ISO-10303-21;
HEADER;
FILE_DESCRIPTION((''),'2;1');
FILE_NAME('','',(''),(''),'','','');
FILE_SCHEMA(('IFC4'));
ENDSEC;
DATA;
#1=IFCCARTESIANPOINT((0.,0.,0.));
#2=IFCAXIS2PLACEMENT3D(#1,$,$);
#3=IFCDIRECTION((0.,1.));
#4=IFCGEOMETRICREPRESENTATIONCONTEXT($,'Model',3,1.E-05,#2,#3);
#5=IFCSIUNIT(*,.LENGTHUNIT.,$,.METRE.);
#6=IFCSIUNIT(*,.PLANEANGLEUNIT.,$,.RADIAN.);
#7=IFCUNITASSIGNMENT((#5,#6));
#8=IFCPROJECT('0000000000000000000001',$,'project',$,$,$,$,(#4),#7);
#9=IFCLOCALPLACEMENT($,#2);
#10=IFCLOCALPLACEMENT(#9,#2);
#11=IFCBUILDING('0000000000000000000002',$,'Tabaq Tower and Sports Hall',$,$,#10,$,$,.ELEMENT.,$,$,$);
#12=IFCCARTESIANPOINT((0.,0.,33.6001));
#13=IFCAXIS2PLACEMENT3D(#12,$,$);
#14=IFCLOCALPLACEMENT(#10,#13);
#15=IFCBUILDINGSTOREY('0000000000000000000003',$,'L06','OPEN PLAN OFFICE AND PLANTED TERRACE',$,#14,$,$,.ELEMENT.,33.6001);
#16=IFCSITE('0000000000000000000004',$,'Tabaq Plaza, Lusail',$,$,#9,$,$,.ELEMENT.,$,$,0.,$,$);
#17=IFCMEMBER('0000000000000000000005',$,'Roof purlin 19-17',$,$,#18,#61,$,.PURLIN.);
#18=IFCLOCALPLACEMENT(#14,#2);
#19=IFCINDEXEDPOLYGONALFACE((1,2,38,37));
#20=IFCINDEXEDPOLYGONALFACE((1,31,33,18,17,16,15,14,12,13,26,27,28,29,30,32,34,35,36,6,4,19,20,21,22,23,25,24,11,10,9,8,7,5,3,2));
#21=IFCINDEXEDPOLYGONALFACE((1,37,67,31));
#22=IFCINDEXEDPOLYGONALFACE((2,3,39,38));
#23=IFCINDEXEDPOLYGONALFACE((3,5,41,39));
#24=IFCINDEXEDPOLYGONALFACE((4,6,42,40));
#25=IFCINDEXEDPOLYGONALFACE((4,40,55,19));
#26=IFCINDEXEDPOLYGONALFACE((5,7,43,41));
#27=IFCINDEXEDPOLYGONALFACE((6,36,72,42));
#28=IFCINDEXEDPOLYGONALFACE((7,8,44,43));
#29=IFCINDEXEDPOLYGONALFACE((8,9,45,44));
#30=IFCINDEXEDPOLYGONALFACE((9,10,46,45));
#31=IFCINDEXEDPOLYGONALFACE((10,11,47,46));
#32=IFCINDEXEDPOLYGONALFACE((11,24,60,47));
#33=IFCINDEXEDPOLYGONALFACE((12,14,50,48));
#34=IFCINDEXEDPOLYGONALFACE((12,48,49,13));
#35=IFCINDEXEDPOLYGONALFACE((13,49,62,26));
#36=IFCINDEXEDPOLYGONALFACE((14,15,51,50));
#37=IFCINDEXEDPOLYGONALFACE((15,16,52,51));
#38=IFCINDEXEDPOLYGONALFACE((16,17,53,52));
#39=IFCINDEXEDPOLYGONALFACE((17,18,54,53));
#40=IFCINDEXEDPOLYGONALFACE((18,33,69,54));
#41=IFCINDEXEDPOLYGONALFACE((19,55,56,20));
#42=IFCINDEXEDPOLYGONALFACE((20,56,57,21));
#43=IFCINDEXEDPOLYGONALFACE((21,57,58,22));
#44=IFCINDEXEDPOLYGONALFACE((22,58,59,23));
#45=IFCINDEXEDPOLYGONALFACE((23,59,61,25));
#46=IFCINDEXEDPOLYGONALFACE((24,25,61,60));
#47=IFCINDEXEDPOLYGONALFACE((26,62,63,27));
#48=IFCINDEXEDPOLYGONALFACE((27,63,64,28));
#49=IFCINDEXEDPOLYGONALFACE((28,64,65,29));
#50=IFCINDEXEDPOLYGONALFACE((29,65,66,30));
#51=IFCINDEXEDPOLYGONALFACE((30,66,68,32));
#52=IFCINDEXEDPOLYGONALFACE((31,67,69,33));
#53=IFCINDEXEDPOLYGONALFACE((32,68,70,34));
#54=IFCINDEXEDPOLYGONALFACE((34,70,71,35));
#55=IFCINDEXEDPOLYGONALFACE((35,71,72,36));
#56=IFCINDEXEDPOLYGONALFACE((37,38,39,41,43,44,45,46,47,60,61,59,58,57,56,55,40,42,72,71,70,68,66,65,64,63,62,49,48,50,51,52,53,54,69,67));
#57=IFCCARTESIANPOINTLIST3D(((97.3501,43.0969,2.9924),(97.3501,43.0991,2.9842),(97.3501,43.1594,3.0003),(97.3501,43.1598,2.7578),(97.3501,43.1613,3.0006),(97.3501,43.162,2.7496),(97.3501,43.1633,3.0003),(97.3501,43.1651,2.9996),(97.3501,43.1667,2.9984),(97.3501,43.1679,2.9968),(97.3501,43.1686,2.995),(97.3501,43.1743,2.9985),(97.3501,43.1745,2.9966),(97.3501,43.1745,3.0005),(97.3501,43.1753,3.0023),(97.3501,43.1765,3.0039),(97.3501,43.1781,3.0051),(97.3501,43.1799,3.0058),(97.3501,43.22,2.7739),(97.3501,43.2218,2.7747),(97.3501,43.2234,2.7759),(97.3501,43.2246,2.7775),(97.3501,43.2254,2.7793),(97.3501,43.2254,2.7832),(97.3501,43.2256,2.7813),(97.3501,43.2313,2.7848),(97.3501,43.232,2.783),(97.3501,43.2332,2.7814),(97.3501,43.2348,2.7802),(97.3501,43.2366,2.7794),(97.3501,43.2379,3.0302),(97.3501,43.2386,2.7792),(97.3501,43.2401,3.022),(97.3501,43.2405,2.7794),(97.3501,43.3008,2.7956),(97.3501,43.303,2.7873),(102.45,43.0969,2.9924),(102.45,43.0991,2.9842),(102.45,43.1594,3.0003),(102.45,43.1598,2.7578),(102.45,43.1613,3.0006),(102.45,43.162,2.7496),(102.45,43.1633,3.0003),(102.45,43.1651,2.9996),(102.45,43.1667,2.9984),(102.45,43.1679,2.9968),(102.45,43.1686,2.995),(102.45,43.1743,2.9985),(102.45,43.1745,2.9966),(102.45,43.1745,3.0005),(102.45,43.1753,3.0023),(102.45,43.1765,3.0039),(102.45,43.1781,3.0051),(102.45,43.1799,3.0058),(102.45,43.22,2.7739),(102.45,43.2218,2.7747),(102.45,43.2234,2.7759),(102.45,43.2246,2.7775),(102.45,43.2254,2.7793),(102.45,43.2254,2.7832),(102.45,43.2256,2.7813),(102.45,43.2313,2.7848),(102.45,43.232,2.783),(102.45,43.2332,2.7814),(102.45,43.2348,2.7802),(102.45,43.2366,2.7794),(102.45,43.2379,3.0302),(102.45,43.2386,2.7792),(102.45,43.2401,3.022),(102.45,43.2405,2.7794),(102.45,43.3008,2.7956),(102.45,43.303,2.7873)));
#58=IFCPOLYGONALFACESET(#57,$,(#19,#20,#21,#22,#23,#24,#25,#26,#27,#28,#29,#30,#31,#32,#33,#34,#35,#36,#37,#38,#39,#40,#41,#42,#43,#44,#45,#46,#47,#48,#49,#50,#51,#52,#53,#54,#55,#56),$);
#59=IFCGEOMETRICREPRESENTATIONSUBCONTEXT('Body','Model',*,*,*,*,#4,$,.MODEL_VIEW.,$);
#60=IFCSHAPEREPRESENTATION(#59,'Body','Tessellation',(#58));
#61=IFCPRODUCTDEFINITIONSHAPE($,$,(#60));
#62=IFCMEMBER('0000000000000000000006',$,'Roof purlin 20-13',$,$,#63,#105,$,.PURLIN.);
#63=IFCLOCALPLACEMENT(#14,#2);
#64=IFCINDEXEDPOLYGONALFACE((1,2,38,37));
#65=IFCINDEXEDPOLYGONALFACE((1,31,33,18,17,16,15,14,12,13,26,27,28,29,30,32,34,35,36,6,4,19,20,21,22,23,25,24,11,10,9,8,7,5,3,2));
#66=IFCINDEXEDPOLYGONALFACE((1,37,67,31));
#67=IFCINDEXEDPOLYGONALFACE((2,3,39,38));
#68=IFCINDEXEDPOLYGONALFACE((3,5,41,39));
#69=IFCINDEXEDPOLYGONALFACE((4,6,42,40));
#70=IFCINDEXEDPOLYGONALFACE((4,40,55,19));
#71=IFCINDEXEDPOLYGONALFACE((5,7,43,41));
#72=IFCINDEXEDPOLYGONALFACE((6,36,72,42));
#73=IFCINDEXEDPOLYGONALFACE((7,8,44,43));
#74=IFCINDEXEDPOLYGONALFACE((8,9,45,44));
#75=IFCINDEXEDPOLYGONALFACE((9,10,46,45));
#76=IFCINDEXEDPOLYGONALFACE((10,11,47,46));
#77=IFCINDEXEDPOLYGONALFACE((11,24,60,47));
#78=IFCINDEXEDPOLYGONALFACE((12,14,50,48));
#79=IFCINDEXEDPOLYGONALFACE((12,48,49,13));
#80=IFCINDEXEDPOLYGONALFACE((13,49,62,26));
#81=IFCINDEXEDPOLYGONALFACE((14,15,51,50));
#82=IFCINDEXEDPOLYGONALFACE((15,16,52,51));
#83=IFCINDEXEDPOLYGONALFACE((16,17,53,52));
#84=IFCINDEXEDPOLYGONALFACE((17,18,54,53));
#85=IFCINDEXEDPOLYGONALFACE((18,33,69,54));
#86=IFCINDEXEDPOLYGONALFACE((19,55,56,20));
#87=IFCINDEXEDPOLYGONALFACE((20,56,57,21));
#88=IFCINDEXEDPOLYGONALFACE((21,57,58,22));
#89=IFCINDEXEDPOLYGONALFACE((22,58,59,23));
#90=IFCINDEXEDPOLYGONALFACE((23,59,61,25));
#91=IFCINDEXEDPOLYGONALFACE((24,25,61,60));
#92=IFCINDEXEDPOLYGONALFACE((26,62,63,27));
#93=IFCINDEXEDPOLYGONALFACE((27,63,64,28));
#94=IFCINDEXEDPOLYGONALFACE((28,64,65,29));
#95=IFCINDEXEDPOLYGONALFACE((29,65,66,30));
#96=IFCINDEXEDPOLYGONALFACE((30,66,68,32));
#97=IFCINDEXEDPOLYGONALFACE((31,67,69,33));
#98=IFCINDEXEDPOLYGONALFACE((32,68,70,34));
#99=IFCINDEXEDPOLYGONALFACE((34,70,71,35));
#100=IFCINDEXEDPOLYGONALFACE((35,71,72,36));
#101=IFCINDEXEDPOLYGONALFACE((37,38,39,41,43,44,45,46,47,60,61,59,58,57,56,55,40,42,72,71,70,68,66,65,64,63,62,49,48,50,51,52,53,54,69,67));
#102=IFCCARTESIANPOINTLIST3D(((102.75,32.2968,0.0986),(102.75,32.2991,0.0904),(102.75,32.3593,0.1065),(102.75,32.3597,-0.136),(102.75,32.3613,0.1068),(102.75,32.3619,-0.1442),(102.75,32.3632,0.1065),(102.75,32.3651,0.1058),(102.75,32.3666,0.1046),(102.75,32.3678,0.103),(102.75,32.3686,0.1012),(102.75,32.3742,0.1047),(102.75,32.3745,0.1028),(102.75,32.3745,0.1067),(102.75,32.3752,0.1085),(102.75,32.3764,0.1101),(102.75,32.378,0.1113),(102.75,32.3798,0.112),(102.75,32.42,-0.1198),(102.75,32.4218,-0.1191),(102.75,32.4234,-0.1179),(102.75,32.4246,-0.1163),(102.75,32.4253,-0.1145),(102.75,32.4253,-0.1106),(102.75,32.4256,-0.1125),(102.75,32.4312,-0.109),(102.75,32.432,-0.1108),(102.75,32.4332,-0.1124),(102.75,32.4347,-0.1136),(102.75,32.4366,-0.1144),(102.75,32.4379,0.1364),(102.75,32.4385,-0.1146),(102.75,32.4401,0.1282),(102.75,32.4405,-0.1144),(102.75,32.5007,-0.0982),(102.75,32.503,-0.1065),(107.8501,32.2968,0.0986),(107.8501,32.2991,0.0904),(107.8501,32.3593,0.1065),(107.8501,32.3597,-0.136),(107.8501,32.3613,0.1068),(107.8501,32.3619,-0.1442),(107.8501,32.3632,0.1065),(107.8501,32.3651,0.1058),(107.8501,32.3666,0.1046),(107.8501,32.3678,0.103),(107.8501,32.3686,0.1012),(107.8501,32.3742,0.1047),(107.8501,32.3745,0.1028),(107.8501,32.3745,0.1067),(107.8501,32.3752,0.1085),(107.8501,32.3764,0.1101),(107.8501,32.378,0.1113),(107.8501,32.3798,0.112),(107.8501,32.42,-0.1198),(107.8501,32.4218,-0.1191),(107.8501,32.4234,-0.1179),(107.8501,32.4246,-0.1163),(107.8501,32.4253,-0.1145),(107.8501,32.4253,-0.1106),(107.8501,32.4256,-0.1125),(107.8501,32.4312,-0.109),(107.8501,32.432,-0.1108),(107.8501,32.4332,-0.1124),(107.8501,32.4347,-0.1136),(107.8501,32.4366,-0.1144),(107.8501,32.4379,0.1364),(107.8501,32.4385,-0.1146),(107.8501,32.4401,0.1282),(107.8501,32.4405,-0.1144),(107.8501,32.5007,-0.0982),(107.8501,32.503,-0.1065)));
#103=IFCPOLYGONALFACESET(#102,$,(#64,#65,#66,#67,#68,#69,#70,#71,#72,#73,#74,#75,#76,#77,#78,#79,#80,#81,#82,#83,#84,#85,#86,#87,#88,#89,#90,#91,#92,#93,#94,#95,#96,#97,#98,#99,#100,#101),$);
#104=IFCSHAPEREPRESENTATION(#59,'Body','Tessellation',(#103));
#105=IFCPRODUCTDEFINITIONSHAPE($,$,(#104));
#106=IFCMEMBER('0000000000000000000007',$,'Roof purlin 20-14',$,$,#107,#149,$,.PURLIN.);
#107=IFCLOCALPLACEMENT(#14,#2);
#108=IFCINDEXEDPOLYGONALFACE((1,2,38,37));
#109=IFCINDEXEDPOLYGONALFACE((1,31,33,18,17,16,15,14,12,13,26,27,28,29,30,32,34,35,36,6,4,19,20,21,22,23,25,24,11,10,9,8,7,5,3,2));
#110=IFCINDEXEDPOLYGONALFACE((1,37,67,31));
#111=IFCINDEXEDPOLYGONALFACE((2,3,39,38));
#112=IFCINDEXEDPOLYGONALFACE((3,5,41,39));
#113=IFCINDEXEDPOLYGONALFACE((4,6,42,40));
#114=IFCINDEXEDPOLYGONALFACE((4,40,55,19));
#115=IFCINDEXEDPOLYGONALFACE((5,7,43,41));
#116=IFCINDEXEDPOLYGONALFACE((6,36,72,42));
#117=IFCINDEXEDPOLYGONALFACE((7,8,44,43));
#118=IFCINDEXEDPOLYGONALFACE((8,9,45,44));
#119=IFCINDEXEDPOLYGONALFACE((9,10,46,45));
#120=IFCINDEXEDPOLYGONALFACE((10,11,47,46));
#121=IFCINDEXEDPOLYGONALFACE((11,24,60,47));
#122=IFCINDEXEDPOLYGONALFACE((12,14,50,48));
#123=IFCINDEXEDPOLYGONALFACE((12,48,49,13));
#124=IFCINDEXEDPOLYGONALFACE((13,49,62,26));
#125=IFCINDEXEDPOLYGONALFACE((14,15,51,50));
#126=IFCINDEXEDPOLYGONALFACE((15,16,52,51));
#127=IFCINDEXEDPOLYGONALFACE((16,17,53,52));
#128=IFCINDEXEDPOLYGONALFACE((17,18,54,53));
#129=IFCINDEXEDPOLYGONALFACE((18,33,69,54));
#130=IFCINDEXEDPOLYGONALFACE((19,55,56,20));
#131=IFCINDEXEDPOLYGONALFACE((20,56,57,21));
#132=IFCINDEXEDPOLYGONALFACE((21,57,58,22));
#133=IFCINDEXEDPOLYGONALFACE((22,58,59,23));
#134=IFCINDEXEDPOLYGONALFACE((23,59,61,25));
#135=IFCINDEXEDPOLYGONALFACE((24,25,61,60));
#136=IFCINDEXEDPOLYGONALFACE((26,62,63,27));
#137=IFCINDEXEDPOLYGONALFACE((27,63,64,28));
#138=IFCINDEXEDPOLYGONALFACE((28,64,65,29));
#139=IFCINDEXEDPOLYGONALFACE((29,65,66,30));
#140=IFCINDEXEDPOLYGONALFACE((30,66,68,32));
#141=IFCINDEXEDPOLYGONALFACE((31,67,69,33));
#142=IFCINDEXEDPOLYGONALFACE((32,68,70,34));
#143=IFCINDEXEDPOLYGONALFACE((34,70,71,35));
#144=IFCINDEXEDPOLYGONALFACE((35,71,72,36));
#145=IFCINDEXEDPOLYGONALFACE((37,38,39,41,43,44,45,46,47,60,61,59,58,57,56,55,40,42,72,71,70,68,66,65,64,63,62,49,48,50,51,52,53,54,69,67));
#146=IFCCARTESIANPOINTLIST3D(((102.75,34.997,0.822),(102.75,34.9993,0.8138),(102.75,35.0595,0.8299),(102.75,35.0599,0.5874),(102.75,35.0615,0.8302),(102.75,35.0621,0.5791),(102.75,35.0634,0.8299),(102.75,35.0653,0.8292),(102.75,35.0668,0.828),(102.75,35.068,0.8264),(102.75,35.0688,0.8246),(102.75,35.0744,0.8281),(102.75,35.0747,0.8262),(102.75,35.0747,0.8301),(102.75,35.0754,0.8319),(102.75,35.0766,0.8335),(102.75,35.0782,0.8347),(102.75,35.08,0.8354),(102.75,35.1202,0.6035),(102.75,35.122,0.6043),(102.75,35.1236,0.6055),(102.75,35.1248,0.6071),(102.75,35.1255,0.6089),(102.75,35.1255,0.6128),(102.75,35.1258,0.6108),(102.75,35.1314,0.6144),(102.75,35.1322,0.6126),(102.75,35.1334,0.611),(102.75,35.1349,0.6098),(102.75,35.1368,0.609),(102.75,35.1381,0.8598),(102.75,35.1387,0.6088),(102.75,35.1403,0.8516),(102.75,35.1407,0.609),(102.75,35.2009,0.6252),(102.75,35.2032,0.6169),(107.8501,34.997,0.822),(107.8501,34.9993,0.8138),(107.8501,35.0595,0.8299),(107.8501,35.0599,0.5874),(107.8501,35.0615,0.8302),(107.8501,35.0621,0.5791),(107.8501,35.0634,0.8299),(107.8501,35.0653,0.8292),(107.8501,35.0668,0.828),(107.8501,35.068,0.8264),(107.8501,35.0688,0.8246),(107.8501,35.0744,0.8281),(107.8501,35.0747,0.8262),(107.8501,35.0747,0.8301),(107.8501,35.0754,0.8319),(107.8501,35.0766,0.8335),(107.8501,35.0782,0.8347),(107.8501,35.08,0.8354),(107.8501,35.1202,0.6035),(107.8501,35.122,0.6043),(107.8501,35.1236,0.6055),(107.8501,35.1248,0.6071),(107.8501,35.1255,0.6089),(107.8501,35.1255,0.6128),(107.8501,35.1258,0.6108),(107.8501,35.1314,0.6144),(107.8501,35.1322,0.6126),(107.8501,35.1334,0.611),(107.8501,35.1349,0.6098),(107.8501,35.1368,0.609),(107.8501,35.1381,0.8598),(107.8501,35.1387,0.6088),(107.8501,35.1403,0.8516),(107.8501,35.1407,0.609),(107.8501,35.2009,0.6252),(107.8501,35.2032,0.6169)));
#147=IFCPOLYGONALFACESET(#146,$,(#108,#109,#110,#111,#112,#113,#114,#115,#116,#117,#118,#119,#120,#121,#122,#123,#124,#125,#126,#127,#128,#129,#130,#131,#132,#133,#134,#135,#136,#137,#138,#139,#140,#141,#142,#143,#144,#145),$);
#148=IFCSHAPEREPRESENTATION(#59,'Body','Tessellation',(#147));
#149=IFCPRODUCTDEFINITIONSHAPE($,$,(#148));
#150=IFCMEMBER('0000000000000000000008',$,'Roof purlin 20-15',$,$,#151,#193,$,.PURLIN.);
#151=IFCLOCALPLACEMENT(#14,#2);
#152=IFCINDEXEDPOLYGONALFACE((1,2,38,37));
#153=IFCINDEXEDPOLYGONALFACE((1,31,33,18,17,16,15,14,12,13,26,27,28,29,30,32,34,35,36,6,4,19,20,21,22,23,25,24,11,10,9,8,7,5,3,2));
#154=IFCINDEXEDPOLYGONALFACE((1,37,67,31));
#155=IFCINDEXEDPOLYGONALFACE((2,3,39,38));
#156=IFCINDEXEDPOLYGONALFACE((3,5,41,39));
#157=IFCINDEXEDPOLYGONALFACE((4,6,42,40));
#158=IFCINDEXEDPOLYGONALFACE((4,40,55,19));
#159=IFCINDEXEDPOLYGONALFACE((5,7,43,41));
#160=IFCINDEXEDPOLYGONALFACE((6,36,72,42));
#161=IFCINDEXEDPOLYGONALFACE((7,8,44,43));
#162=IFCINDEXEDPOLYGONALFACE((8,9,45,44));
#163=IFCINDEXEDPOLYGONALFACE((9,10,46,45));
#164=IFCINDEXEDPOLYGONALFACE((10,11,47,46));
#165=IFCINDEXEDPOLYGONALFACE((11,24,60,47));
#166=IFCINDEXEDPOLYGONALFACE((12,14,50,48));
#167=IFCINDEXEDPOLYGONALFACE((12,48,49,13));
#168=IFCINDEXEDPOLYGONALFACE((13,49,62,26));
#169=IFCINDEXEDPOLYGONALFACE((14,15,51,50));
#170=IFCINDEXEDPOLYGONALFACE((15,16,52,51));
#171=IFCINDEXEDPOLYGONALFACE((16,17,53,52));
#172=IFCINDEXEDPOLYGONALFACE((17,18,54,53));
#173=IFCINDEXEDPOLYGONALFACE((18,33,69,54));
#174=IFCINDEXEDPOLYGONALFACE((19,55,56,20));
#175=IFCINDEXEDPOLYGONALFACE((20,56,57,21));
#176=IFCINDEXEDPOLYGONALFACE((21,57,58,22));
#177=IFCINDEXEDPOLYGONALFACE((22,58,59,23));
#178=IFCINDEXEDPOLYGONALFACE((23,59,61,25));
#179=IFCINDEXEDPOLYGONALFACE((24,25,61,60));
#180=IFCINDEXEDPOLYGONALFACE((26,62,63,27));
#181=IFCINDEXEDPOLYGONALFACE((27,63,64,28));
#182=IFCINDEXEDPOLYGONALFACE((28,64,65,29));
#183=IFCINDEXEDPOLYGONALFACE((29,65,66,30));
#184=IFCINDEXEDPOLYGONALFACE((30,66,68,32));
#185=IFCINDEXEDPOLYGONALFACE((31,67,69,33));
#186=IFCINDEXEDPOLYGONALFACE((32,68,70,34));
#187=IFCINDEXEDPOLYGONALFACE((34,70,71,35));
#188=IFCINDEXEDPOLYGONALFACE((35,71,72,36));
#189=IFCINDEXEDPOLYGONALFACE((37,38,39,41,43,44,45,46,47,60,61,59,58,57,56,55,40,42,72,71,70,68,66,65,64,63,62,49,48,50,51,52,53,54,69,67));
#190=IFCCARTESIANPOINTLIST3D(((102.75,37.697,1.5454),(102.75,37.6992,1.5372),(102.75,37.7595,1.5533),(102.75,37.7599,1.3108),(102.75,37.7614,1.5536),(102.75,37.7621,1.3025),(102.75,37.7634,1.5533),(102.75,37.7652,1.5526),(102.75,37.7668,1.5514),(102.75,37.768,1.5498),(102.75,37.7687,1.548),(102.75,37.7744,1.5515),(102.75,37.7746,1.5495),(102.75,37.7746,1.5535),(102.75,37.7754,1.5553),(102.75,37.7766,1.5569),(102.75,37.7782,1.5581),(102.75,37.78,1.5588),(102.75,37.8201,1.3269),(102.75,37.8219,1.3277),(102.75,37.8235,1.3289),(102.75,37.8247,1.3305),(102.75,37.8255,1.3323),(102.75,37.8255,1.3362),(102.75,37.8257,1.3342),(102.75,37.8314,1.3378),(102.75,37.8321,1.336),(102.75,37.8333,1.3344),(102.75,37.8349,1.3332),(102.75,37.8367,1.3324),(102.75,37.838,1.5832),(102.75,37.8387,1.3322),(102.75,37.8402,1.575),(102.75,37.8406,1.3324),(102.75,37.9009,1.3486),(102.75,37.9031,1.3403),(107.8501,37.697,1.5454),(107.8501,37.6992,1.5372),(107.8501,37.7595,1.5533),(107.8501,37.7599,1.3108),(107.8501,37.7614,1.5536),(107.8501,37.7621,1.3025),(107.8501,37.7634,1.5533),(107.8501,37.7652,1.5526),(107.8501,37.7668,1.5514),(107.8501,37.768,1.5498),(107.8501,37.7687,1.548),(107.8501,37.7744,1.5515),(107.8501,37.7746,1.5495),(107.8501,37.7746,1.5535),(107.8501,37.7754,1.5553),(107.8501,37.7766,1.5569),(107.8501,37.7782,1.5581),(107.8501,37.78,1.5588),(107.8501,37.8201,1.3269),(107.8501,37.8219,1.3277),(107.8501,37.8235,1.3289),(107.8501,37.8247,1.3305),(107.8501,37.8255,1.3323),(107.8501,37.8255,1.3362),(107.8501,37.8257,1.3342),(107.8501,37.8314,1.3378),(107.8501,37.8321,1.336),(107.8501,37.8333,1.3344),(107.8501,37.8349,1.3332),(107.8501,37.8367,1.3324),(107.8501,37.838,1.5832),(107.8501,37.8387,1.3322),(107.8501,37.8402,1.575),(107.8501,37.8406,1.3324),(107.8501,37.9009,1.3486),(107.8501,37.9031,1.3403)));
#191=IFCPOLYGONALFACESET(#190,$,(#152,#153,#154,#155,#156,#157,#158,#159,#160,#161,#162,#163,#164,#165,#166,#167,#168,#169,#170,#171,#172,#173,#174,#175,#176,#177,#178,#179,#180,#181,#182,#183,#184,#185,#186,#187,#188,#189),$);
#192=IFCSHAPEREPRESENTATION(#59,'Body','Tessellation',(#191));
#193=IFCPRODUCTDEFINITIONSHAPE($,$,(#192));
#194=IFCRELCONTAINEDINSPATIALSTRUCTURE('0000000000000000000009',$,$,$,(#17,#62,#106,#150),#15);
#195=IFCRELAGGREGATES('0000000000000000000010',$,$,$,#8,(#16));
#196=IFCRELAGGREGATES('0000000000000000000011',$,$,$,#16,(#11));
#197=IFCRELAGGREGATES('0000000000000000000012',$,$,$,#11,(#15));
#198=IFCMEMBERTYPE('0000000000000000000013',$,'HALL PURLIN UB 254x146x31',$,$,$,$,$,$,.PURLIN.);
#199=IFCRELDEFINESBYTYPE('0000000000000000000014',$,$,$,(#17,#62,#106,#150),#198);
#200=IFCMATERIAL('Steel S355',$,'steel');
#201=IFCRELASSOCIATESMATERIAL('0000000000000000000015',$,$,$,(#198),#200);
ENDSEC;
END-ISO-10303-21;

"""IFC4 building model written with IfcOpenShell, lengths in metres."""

from ifc_helpers import new_model, si_unit, direction, frame, origin, origin_2d, place, context, subcontext, project, spatial, i_section, extrude, material, material_profile, profile_set, type_object, element, save


model = new_model("IFC4")

# Units and contexts
model_context = context("Model", 3, precision=1e-05, world=origin(), true_north=direction((0.0, 1.0)))
body_context = subcontext(model_context, "Body", "Model", "MODEL_VIEW")
ifc_project = project(units=[si_unit("LENGTHUNIT", "METRE"), si_unit("PLANEANGLEUNIT", "RADIAN")], contexts=[model_context])

# Site, building, storey
site_placement = place(None, origin())
site = spatial("IfcSite", under=ifc_project, at=site_placement, Name="Tabaq Plaza, Lusail", CompositionType="ELEMENT", RefElevation=0.0)
building_placement = place(site_placement, origin())
building = spatial("IfcBuilding", under=site, at=building_placement, Name="Tabaq Tower and Sports Hall", CompositionType="ELEMENT")
storey_placement = place(building_placement, frame((0.0, 0.0, 33.6001)))
storey = spatial("IfcBuildingStorey", under=building, at=storey_placement, Name="L06", Description="OPEN PLAN OFFICE AND PLANTED TERRACE", CompositionType="ELEMENT", Elevation=33.6001)

# Members
ifc_material_1 = material(Name="Steel S355", Category="steel")
ifc_material_profile_1 = material_profile(ifc_material_1, i_section(OverallWidth=0.146, OverallDepth=0.2515, WebThickness=0.0061, FlangeThickness=0.0085, FilletRadius=0.0076, at=origin_2d()), Name="UB 254x146x31")
ifc_profile_set_1 = profile_set([ifc_material_profile_1], Name="Steel S355")
member_type = type_object("IfcMemberType", Name="HALL PURLIN UB 254x146x31", PredefinedType="PURLIN", material=ifc_profile_set_1)
member_placement = place(storey_placement, frame((97.3501, 43.2, 2.8899), z_axis=(1.0, 0.0, 0.0), x_axis=(0.0, 0.965926, 0.258819)))
element("IfcMember", 1, at=member_placement, inside=storey, type_object=member_type, Name="Roof purlin 19-17", PredefinedType="PURLIN", context=body_context, shape_type="SweptSolid", body=[
    extrude(i_section(OverallWidth=0.146, OverallDepth=0.2515, WebThickness=0.0061, FlangeThickness=0.0085, FilletRadius=0.0076, at=origin_2d()), origin(), (0.0, 0.0, 1.0), 5.0999),
])
for number, where, z_axis, x_axis, name in (
    (2, (102.75, 32.3999, -0.0039), (1.0, 0.0, 0.0), (0.0, 0.965926, 0.258819), "Roof purlin 20-13"),
    (3, (102.75, 35.1001, 0.7195), (1.0, 0.0, 0.0), (0.0, 0.965926, 0.258819), "Roof purlin 20-14"),
    (4, (102.75, 37.8, 1.4429), (1.0, 0.0, 0.0), (0.0, 0.965926, 0.258819), "Roof purlin 20-15"),
):
    element("IfcMember", number, at=place(storey_placement, frame(where, z_axis=z_axis, x_axis=x_axis)), inside=storey, type_object=member_type, Name=name, PredefinedType="PURLIN", context=body_context, shape_type="SweptSolid", body=[
        extrude(i_section(OverallWidth=0.146, OverallDepth=0.2515, WebThickness=0.0061, FlangeThickness=0.0085, FilletRadius=0.0076, at=origin_2d()), origin(), (0.0, 0.0, 1.0), 5.1001),
    ])

save(model, "model.ifc")
